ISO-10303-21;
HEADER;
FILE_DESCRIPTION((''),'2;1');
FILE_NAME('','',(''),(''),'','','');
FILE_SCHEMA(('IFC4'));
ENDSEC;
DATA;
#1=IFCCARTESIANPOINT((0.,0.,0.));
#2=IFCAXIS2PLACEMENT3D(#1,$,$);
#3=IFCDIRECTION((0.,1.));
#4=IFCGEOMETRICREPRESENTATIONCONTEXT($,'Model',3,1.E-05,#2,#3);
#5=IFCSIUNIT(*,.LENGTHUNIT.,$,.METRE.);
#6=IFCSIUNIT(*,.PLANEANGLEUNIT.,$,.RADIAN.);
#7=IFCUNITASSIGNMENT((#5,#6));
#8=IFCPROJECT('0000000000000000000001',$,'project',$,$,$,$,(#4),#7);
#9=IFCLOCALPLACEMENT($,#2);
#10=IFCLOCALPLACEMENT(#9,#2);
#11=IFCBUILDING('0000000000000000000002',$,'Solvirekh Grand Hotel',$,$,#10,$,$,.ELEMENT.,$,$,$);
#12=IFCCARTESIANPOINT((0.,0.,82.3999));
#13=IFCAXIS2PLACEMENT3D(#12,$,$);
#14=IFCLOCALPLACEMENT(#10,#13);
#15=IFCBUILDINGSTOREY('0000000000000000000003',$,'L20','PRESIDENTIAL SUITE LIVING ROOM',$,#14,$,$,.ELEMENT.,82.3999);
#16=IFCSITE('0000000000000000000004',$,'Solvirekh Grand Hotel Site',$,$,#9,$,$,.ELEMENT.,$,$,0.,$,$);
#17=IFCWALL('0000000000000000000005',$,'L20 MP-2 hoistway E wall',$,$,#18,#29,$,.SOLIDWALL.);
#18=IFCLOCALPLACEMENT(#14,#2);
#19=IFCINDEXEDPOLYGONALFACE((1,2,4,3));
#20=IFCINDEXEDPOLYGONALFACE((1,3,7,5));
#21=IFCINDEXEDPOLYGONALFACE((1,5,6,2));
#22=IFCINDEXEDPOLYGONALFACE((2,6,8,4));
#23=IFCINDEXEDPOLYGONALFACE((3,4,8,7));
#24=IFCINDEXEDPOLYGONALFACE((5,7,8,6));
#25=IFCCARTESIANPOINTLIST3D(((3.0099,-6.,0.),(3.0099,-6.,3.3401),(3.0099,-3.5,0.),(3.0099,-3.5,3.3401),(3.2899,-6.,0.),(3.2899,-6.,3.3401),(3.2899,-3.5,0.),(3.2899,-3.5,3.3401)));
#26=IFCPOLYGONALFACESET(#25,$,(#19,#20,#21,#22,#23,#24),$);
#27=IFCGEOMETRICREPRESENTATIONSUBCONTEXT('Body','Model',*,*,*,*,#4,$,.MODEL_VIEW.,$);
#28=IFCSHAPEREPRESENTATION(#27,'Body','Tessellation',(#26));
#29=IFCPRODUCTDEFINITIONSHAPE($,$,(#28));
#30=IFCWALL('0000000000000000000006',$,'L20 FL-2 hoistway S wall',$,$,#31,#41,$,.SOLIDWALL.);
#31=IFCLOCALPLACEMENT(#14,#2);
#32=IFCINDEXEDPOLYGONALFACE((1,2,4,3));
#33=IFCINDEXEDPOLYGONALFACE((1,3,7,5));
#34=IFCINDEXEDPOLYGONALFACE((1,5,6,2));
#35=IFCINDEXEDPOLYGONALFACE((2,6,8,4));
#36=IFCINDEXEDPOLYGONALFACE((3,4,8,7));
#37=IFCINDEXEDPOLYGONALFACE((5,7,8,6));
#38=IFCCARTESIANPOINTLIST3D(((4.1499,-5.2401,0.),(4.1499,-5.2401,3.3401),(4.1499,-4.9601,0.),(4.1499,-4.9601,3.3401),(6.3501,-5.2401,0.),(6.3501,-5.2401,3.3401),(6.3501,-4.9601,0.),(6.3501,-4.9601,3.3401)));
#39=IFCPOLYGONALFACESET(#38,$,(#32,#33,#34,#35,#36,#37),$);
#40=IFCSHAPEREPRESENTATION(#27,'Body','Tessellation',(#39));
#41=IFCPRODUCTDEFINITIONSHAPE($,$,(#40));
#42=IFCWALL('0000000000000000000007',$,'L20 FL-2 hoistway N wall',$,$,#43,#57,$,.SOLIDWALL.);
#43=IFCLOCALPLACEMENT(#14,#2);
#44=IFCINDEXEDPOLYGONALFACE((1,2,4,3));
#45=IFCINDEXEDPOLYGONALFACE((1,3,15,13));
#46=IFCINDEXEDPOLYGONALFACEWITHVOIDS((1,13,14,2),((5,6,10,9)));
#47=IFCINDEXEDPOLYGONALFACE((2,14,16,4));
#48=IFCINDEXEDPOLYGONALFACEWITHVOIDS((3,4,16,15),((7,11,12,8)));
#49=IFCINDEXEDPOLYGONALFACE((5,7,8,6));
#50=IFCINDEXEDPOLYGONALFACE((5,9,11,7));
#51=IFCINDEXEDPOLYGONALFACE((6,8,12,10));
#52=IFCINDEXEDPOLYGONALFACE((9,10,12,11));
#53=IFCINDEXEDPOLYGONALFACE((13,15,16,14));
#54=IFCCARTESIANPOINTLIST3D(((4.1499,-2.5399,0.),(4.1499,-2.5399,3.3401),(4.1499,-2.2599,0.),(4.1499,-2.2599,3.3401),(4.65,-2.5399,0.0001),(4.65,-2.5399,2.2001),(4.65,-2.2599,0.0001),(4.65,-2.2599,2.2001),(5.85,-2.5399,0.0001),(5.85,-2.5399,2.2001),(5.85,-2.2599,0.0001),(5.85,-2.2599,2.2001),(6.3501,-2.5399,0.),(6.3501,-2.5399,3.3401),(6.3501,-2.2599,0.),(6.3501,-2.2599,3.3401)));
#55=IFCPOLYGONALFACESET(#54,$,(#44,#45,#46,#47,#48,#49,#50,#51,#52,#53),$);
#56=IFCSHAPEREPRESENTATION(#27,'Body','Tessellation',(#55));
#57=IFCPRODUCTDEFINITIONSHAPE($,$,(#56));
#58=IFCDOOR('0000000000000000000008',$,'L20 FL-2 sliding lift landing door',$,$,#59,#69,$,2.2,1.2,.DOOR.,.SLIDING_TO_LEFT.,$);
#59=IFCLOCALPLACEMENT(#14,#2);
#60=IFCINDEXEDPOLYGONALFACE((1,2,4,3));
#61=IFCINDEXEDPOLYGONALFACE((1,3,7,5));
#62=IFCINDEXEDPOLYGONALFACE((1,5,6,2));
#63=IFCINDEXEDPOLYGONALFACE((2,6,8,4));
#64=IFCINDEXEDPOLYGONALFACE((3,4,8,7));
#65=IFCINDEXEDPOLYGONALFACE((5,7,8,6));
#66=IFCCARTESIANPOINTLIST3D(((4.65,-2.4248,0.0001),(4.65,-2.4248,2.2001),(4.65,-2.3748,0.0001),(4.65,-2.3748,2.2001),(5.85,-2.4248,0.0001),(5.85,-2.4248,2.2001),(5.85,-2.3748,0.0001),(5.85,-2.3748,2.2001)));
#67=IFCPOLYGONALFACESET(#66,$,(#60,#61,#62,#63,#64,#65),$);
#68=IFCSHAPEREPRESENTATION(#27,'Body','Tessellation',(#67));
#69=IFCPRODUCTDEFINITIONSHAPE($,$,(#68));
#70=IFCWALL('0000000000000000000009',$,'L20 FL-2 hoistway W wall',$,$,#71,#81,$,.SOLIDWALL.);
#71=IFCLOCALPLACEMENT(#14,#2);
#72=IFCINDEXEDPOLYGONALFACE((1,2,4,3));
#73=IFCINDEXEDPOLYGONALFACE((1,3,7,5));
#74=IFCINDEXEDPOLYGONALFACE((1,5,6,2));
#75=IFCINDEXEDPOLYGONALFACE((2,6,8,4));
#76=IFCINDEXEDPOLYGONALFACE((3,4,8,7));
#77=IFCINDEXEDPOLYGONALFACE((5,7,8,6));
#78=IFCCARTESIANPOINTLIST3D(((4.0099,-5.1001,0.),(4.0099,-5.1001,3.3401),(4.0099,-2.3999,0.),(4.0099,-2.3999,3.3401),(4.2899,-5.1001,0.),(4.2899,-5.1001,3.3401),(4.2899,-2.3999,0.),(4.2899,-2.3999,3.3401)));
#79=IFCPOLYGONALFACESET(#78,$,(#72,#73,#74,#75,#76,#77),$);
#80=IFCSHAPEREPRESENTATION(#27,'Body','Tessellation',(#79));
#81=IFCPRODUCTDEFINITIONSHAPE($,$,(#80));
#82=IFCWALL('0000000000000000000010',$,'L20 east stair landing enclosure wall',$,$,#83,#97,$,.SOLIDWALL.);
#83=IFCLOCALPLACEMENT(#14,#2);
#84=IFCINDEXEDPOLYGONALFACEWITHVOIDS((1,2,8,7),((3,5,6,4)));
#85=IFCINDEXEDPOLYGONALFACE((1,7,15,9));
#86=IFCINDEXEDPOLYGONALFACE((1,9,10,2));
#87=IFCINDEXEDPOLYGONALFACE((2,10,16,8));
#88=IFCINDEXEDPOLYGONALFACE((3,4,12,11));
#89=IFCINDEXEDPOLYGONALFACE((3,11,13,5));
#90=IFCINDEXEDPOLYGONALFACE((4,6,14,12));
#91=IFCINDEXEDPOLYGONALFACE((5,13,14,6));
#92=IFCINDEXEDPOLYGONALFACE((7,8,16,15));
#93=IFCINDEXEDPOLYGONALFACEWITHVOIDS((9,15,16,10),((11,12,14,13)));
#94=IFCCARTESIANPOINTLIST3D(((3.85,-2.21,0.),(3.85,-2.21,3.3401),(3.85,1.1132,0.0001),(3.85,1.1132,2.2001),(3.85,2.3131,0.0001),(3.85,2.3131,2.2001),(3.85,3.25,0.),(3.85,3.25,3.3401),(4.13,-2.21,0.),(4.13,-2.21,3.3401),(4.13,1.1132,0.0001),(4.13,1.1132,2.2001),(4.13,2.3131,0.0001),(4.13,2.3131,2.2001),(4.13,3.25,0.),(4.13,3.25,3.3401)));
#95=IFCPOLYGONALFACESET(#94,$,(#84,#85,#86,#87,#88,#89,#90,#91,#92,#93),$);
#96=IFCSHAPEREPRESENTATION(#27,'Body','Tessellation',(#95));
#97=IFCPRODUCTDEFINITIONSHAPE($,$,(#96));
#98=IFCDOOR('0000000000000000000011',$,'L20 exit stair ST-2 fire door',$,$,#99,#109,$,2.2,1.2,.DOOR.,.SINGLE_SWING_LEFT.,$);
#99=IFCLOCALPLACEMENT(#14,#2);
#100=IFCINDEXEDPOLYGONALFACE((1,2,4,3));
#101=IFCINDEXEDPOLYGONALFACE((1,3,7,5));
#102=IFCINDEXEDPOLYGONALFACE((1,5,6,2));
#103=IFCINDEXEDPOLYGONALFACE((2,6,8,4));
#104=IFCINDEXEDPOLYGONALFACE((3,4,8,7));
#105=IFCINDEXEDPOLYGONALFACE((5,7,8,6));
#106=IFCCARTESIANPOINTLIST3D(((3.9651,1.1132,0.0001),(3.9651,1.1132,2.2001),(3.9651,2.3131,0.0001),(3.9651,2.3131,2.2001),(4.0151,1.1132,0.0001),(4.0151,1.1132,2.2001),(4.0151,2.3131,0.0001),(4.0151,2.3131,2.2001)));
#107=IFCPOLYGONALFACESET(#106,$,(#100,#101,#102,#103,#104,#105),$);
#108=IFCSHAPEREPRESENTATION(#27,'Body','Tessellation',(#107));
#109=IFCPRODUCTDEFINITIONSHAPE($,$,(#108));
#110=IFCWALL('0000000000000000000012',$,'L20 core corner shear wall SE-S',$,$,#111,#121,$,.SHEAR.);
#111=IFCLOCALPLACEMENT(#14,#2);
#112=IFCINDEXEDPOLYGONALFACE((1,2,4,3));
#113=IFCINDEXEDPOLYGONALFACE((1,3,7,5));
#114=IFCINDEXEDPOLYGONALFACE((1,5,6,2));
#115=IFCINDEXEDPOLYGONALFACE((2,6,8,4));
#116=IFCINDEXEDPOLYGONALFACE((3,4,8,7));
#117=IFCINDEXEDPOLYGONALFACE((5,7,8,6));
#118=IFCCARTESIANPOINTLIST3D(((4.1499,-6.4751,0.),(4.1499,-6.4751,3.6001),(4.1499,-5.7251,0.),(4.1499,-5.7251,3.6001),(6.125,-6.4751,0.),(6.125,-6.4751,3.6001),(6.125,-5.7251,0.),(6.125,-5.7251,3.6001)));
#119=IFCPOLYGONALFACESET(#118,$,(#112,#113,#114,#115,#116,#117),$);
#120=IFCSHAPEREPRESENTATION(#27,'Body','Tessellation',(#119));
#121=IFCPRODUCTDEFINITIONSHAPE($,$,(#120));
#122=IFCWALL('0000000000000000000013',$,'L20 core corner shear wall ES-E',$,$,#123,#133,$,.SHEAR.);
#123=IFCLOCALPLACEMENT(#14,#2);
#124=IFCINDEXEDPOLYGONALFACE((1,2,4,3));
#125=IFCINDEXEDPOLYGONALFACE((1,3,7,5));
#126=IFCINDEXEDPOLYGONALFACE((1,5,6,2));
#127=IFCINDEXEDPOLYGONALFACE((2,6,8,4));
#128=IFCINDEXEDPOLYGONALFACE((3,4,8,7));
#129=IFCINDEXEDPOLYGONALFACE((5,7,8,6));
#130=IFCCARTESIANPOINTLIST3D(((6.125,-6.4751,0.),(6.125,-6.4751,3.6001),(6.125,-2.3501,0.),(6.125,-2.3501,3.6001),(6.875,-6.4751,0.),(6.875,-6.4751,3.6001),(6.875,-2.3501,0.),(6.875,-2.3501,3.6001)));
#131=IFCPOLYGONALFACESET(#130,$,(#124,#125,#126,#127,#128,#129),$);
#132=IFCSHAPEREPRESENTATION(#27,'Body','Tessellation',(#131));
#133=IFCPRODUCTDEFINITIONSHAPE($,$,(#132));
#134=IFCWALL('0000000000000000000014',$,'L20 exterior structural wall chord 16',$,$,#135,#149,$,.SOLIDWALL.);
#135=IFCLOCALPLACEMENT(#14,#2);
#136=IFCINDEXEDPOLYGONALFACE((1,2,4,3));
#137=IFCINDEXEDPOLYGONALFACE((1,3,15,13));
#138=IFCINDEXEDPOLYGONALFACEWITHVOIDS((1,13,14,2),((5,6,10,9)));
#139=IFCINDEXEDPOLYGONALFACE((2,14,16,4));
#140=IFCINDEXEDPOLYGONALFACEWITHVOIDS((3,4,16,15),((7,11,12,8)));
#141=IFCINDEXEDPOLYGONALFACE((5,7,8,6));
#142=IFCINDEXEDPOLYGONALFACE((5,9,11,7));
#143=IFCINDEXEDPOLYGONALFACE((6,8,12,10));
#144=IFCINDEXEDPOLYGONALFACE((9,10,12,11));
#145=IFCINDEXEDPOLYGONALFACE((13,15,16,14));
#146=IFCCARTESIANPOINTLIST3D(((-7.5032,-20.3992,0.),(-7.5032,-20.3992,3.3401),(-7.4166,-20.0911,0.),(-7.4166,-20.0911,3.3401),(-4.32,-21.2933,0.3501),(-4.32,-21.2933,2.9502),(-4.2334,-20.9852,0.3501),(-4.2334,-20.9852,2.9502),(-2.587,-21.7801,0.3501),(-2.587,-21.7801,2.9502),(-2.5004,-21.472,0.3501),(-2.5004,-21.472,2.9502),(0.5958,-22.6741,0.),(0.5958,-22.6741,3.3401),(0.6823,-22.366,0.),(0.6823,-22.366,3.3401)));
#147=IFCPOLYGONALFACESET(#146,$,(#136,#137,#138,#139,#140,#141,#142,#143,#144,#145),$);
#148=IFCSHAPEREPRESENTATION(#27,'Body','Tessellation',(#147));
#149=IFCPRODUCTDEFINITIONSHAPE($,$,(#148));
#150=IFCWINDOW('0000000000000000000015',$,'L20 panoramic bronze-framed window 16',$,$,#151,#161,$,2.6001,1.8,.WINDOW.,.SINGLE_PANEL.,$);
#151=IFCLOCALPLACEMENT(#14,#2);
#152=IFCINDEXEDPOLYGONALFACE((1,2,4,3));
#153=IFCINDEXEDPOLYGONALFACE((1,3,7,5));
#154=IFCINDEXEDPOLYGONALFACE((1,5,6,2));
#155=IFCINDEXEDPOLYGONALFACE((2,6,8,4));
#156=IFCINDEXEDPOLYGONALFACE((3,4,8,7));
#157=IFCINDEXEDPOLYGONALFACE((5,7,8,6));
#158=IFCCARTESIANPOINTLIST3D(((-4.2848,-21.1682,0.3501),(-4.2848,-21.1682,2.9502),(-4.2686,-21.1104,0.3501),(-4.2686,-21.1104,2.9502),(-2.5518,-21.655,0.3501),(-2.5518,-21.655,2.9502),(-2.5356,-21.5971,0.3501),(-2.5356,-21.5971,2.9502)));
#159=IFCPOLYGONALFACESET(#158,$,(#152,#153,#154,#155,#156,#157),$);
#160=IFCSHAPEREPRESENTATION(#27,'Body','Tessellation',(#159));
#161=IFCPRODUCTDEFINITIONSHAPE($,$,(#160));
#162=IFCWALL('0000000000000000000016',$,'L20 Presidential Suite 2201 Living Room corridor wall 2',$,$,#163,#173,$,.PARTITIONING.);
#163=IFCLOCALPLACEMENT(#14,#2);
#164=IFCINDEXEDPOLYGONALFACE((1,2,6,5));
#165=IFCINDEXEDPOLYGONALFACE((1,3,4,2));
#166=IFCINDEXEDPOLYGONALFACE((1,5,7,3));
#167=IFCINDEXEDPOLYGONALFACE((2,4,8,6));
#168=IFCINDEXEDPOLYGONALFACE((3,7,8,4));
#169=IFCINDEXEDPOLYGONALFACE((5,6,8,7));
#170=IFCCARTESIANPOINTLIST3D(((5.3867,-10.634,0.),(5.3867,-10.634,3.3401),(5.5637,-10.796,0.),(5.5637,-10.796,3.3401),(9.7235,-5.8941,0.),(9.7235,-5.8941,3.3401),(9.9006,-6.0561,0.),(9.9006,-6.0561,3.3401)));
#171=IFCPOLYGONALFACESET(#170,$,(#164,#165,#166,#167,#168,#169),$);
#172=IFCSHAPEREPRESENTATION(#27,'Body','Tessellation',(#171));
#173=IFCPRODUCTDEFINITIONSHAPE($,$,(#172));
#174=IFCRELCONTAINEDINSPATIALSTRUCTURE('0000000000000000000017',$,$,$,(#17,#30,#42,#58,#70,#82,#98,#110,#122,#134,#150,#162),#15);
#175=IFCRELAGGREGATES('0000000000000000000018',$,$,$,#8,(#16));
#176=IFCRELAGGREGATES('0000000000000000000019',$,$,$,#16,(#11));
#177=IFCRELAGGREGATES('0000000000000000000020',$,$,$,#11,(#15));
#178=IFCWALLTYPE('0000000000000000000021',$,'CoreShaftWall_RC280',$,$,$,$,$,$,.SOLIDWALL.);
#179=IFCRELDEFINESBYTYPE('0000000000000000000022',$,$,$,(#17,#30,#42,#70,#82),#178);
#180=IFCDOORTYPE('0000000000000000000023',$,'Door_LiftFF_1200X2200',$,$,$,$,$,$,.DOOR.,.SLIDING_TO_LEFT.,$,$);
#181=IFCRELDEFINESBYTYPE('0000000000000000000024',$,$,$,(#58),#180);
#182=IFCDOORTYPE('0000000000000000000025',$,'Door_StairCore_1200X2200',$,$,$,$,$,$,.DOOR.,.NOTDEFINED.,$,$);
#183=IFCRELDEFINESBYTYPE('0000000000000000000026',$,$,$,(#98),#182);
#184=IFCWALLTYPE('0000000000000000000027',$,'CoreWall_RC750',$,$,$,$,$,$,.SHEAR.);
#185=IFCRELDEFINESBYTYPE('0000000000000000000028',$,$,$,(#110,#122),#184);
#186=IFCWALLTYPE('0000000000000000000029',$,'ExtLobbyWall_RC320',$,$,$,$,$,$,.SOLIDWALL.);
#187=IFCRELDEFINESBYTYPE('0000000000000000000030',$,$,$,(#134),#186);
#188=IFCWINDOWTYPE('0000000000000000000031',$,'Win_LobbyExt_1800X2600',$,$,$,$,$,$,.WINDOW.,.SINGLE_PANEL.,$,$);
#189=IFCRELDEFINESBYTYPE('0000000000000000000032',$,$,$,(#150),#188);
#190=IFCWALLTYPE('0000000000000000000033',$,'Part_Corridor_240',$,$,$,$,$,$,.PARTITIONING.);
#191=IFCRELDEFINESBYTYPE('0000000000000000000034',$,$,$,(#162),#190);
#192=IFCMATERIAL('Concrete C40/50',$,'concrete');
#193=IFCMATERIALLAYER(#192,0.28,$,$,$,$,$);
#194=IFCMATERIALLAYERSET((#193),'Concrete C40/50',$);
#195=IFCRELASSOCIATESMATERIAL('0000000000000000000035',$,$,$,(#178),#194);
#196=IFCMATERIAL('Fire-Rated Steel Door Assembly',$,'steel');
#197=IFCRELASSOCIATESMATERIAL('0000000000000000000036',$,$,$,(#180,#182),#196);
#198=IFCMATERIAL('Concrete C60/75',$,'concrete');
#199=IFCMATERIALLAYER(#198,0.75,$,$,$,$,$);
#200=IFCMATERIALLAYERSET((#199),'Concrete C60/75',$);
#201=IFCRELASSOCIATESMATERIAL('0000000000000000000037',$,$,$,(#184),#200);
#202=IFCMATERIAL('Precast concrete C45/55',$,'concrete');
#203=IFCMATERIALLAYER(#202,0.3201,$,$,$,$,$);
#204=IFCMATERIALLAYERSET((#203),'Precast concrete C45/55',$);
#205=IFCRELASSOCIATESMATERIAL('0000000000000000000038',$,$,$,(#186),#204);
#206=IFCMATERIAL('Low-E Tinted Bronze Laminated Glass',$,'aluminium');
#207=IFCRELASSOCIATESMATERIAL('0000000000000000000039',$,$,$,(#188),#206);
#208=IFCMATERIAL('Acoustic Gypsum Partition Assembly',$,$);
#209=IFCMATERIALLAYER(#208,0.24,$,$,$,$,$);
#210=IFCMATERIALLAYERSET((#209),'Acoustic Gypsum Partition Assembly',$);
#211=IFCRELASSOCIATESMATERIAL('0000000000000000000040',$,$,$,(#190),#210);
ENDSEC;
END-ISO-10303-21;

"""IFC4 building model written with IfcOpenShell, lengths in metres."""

from ifc_helpers import new_model, si_unit, direction, frame, frame_2d, origin, place, context, subcontext, project, spatial, rectangle, extrude, material, layer, layer_set, type_object, element, fill, save


model = new_model("IFC4")

# Units and contexts
model_context = context("Model", 3, precision=1e-05, world=origin(), true_north=direction((0.0, 1.0)))
body_context = subcontext(model_context, "Body", "Model", "MODEL_VIEW")
ifc_project = project(units=[si_unit("LENGTHUNIT", "METRE"), si_unit("PLANEANGLEUNIT", "RADIAN")], contexts=[model_context])

# Site, building, storey
site_placement = place(None, origin())
site = spatial("IfcSite", under=ifc_project, at=site_placement, Name="Solvirekh Grand Hotel Site", CompositionType="ELEMENT", RefElevation=0.0)
building_placement = place(site_placement, origin())
building = spatial("IfcBuilding", under=site, at=building_placement, Name="Solvirekh Grand Hotel", CompositionType="ELEMENT")
storey_placement = place(building_placement, frame((0.0, 0.0, 82.3999)))
storey = spatial("IfcBuildingStorey", under=building, at=storey_placement, Name="L20", Description="PRESIDENTIAL SUITE LIVING ROOM", CompositionType="ELEMENT", Elevation=82.3999)

# Shared definitions
ifc_material_1 = material(Name="Concrete C60/75", Category="concrete")

# Shared definitions
ifc_material_2 = material(Name="Concrete C40/50", Category="concrete")

# Walls
ifc_layer_1 = layer(ifc_material_2, 0.28)
ifc_layer_set_1 = layer_set([ifc_layer_1], Name="Concrete C40/50")
wall_type_1 = type_object("IfcWallType", Name="CoreShaftWall_RC280", PredefinedType="SOLIDWALL", material=ifc_layer_set_1)
wall_1_placement = place(storey_placement, frame((3.1499, -6.0, 0.0), z_axis=(0.0, 0.0, 1.0), x_axis=(0.0, 1.0, 0.0)))
element("IfcWall", 1, at=wall_1_placement, inside=storey, type_object=wall_type_1, Name="L20 MP-2 hoistway E wall", PredefinedType="SOLIDWALL", context=body_context, shape_type="SweptSolid", body=[
    extrude(rectangle(XDim=2.5, YDim=0.28, at=frame_2d((1.25, 0.0))), origin(), (0.0, 0.0, 1.0), 3.3401),
])
wall_2_placement = place(storey_placement, frame((4.1499, -5.1001, 0.0), z_axis=(0.0, 0.0, 1.0), x_axis=(1.0, 0.0, 0.0)))
element("IfcWall", 2, at=wall_2_placement, inside=storey, type_object=wall_type_1, Name="L20 FL-2 hoistway S wall", PredefinedType="SOLIDWALL", context=body_context, shape_type="SweptSolid", body=[
    extrude(rectangle(XDim=2.2002, YDim=0.28, at=frame_2d((1.1001, 0.0))), origin(), (0.0, 0.0, 1.0), 3.3401),
])

# Wall, opening, door
wall_3_placement = place(storey_placement, frame((6.3501, -2.3999, 0.0), z_axis=(0.0, 0.0, 1.0), x_axis=(-1.0, 0.0, 0.0)))
wall_3 = element("IfcWall", 3, at=wall_3_placement, inside=storey, type_object=wall_type_1, Name="L20 FL-2 hoistway N wall", PredefinedType="SOLIDWALL", context=body_context, shape_type="SweptSolid", body=[
    extrude(rectangle(XDim=2.2002, YDim=0.28, at=frame_2d((1.1001, 0.0))), origin(), (0.0, 0.0, 1.0), 3.3401),
])
opening_1_placement = place(wall_3_placement, frame((0.5, 0.0, 0.0)))
opening_1 = element("IfcOpeningElement", 4, at=opening_1_placement, cuts=wall_3, PredefinedType="OPENING", context=body_context, shape_type="SweptSolid", body=[
    extrude(rectangle(XDim=1.2, YDim=2.2, at=frame_2d((0.6001, 1.1001))), frame((0.0, 0.1499, 0.0), z_axis=(0.0, -1.0, 0.0), x_axis=(1.0, 0.0, 0.0)), (0.0, 0.0, 1.0), 0.3),
])
ifc_material_3 = material(Name="Fire-Rated Steel Door Assembly", Category="steel")
door_type_1 = type_object("IfcDoorType", Name="Door_LiftFF_1200X2200", OperationType="SLIDING_TO_LEFT", PredefinedType="DOOR", material=ifc_material_3)
door_1_placement = place(opening_1_placement, origin())
door_1 = element("IfcDoor", 5, at=door_1_placement, inside=storey, type_object=door_type_1, Name="L20 FL-2 sliding lift landing door", OperationType="SLIDING_TO_LEFT", OverallHeight=2.2, OverallWidth=1.2, PredefinedType="DOOR", context=body_context, shape_type="SweptSolid", body=[
    extrude(rectangle(XDim=1.2, YDim=2.2, at=frame_2d((0.6001, 1.1001))), frame((0.0, 0.0249, 0.0), z_axis=(0.0, -1.0, 0.0), x_axis=(1.0, 0.0, 0.0)), (0.0, 0.0, 1.0), 0.05),
])
fill(opening_1, door_1)

# Wall
wall_4_placement = place(storey_placement, frame((4.1499, -2.3999, 0.0), z_axis=(0.0, 0.0, 1.0), x_axis=(0.0, -1.0, 0.0)))
element("IfcWall", 6, at=wall_4_placement, inside=storey, type_object=wall_type_1, Name="L20 FL-2 hoistway W wall", PredefinedType="SOLIDWALL", context=body_context, shape_type="SweptSolid", body=[
    extrude(rectangle(XDim=2.7002, YDim=0.28, at=frame_2d((1.3501, 0.0))), origin(), (0.0, 0.0, 1.0), 3.3401),
])

# Wall, opening, door
wall_5_placement = place(storey_placement, frame((3.99, -2.21, 0.0), z_axis=(0.0, 0.0, 1.0), x_axis=(0.0, 1.0, 0.0)))
wall_5 = element("IfcWall", 7, at=wall_5_placement, inside=storey, type_object=wall_type_1, Name="L20 east stair landing enclosure wall", PredefinedType="SOLIDWALL", context=body_context, shape_type="SweptSolid", body=[
    extrude(rectangle(XDim=5.46, YDim=0.28, at=frame_2d((2.73, 0.0))), origin(), (0.0, 0.0, 1.0), 3.3401),
])
opening_2_placement = place(wall_5_placement, frame((3.323, 0.0, 0.0)))
opening_2 = element("IfcOpeningElement", 8, at=opening_2_placement, cuts=wall_5, PredefinedType="OPENING", context=body_context, shape_type="SweptSolid", body=[
    extrude(rectangle(XDim=1.2, YDim=2.2, at=frame_2d((0.6001, 1.1001))), frame((0.0, 0.1499, 0.0), z_axis=(0.0, -1.0, 0.0), x_axis=(1.0, 0.0, 0.0)), (0.0, 0.0, 1.0), 0.3),
])
door_type_2 = type_object("IfcDoorType", Name="Door_StairCore_1200X2200", OperationType="NOTDEFINED", PredefinedType="DOOR", material=ifc_material_3)
door_2_placement = place(opening_2_placement, origin())
door_2 = element("IfcDoor", 9, at=door_2_placement, inside=storey, type_object=door_type_2, Name="L20 exit stair ST-2 fire door", OperationType="SINGLE_SWING_LEFT", OverallHeight=2.2, OverallWidth=1.2, PredefinedType="DOOR", context=body_context, shape_type="SweptSolid", body=[
    extrude(rectangle(XDim=1.2, YDim=2.2, at=frame_2d((0.6001, 1.1001))), frame((0.0, 0.0249, 0.0), z_axis=(0.0, -1.0, 0.0), x_axis=(1.0, 0.0, 0.0)), (0.0, 0.0, 1.0), 0.05),
])
fill(opening_2, door_2)

# Walls
ifc_layer_2 = layer(ifc_material_1, 0.75)
ifc_layer_set_2 = layer_set([ifc_layer_2], Name="Concrete C60/75")
wall_type_2 = type_object("IfcWallType", Name="CoreWall_RC750", PredefinedType="SHEAR", material=ifc_layer_set_2)
wall_6_placement = place(storey_placement, frame((4.1499, -6.1001, 0.0), z_axis=(0.0, 0.0, 1.0), x_axis=(1.0, 0.0, 0.0)))
element("IfcWall", 10, at=wall_6_placement, inside=storey, type_object=wall_type_2, Name="L20 core corner shear wall SE-S", PredefinedType="SHEAR", context=body_context, shape_type="SweptSolid", body=[
    extrude(rectangle(XDim=1.9751, YDim=0.75, at=frame_2d((0.9875, 0.0))), origin(), (0.0, 0.0, 1.0), 3.6001),
])
wall_7_placement = place(storey_placement, frame((6.5, -6.4751, 0.0), z_axis=(0.0, 0.0, 1.0), x_axis=(0.0, 1.0, 0.0)))
element("IfcWall", 11, at=wall_7_placement, inside=storey, type_object=wall_type_2, Name="L20 core corner shear wall ES-E", PredefinedType="SHEAR", context=body_context, shape_type="SweptSolid", body=[
    extrude(rectangle(XDim=4.125, YDim=0.75, at=frame_2d((2.0625, 0.0))), origin(), (0.0, 0.0, 1.0), 3.6001),
])

# Wall, opening, window
ifc_material_4 = material(Name="Precast concrete C45/55", Category="concrete")
ifc_layer_3 = layer(ifc_material_4, 0.3201)
ifc_layer_set_3 = layer_set([ifc_layer_3], Name="Precast concrete C45/55")
wall_type_3 = type_object("IfcWallType", Name="ExtLobbyWall_RC320", PredefinedType="SOLIDWALL", material=ifc_layer_set_3)
wall_8_placement = place(storey_placement, frame((0.6389, -22.52, 0.0), z_axis=(0.0, 0.0, 1.0), x_axis=(-0.962741, 0.270425, 0.0)))
wall_8 = element("IfcWall", 12, at=wall_8_placement, inside=storey, type_object=wall_type_3, Name="L20 exterior structural wall chord 16", PredefinedType="SOLIDWALL", context=body_context, shape_type="SweptSolid", body=[
    extrude(rectangle(XDim=8.4124, YDim=0.3201, at=frame_2d((4.2061, 0.0))), origin(), (0.0, 0.0, 1.0), 3.3401),
])
opening_3_placement = place(wall_8_placement, frame((3.3059, 0.0, 0.3501)))
opening_3 = element("IfcOpeningElement", 13, at=opening_3_placement, cuts=wall_8, PredefinedType="OPENING", context=body_context, shape_type="SweptSolid", body=[
    extrude(rectangle(XDim=1.8, YDim=2.6001, at=frame_2d((0.8999, 1.3))), frame((0.0, 0.1699, 0.0), z_axis=(0.0, -1.0, 0.0), x_axis=(1.0, 0.0, 0.0)), (0.0, 0.0, 1.0), 0.3401),
])
ifc_material_5 = material(Name="Low-E Tinted Bronze Laminated Glass", Category="aluminium")
window_type = type_object("IfcWindowType", Name="Win_LobbyExt_1800X2600", PartitioningType="SINGLE_PANEL", PredefinedType="WINDOW", material=ifc_material_5)
window_placement = place(opening_3_placement, origin())
window = element("IfcWindow", 14, at=window_placement, inside=storey, type_object=window_type, Name="L20 panoramic bronze-framed window 16", OverallHeight=2.6001, OverallWidth=1.8, PartitioningType="SINGLE_PANEL", PredefinedType="WINDOW", context=body_context, shape_type="SweptSolid", body=[
    extrude(rectangle(XDim=1.8, YDim=2.6001, at=frame_2d((0.8999, 1.3))), frame((0.0, 0.03, 0.0), z_axis=(0.0, -1.0, 0.0), x_axis=(1.0, 0.0, 0.0)), (0.0, 0.0, 1.0), 0.0601),
])
fill(opening_3, window)

# Wall
ifc_material_6 = material(Name="Acoustic Gypsum Partition Assembly")
ifc_layer_4 = layer(ifc_material_6, 0.24)
ifc_layer_set_4 = layer_set([ifc_layer_4], Name="Acoustic Gypsum Partition Assembly")
wall_type_4 = type_object("IfcWallType", Name="Part_Corridor_240", PredefinedType="PARTITIONING", material=ifc_layer_set_4)
wall_9_placement = place(storey_placement, frame((5.4751, -10.7151, 0.0), z_axis=(0.0, 0.0, 1.0), x_axis=(0.675041, 0.73778, 0.0)))
element("IfcWall", 15, at=wall_9_placement, inside=storey, type_object=wall_type_4, Name="L20 Presidential Suite 2201 Living Room corridor wall 2", PredefinedType="PARTITIONING", context=body_context, shape_type="SweptSolid", body=[
    extrude(rectangle(XDim=6.4246, YDim=0.24, at=frame_2d((3.2124, 0.0))), origin(), (0.0, 0.0, 1.0), 3.3401),
])

save(model, "model.ifc")
